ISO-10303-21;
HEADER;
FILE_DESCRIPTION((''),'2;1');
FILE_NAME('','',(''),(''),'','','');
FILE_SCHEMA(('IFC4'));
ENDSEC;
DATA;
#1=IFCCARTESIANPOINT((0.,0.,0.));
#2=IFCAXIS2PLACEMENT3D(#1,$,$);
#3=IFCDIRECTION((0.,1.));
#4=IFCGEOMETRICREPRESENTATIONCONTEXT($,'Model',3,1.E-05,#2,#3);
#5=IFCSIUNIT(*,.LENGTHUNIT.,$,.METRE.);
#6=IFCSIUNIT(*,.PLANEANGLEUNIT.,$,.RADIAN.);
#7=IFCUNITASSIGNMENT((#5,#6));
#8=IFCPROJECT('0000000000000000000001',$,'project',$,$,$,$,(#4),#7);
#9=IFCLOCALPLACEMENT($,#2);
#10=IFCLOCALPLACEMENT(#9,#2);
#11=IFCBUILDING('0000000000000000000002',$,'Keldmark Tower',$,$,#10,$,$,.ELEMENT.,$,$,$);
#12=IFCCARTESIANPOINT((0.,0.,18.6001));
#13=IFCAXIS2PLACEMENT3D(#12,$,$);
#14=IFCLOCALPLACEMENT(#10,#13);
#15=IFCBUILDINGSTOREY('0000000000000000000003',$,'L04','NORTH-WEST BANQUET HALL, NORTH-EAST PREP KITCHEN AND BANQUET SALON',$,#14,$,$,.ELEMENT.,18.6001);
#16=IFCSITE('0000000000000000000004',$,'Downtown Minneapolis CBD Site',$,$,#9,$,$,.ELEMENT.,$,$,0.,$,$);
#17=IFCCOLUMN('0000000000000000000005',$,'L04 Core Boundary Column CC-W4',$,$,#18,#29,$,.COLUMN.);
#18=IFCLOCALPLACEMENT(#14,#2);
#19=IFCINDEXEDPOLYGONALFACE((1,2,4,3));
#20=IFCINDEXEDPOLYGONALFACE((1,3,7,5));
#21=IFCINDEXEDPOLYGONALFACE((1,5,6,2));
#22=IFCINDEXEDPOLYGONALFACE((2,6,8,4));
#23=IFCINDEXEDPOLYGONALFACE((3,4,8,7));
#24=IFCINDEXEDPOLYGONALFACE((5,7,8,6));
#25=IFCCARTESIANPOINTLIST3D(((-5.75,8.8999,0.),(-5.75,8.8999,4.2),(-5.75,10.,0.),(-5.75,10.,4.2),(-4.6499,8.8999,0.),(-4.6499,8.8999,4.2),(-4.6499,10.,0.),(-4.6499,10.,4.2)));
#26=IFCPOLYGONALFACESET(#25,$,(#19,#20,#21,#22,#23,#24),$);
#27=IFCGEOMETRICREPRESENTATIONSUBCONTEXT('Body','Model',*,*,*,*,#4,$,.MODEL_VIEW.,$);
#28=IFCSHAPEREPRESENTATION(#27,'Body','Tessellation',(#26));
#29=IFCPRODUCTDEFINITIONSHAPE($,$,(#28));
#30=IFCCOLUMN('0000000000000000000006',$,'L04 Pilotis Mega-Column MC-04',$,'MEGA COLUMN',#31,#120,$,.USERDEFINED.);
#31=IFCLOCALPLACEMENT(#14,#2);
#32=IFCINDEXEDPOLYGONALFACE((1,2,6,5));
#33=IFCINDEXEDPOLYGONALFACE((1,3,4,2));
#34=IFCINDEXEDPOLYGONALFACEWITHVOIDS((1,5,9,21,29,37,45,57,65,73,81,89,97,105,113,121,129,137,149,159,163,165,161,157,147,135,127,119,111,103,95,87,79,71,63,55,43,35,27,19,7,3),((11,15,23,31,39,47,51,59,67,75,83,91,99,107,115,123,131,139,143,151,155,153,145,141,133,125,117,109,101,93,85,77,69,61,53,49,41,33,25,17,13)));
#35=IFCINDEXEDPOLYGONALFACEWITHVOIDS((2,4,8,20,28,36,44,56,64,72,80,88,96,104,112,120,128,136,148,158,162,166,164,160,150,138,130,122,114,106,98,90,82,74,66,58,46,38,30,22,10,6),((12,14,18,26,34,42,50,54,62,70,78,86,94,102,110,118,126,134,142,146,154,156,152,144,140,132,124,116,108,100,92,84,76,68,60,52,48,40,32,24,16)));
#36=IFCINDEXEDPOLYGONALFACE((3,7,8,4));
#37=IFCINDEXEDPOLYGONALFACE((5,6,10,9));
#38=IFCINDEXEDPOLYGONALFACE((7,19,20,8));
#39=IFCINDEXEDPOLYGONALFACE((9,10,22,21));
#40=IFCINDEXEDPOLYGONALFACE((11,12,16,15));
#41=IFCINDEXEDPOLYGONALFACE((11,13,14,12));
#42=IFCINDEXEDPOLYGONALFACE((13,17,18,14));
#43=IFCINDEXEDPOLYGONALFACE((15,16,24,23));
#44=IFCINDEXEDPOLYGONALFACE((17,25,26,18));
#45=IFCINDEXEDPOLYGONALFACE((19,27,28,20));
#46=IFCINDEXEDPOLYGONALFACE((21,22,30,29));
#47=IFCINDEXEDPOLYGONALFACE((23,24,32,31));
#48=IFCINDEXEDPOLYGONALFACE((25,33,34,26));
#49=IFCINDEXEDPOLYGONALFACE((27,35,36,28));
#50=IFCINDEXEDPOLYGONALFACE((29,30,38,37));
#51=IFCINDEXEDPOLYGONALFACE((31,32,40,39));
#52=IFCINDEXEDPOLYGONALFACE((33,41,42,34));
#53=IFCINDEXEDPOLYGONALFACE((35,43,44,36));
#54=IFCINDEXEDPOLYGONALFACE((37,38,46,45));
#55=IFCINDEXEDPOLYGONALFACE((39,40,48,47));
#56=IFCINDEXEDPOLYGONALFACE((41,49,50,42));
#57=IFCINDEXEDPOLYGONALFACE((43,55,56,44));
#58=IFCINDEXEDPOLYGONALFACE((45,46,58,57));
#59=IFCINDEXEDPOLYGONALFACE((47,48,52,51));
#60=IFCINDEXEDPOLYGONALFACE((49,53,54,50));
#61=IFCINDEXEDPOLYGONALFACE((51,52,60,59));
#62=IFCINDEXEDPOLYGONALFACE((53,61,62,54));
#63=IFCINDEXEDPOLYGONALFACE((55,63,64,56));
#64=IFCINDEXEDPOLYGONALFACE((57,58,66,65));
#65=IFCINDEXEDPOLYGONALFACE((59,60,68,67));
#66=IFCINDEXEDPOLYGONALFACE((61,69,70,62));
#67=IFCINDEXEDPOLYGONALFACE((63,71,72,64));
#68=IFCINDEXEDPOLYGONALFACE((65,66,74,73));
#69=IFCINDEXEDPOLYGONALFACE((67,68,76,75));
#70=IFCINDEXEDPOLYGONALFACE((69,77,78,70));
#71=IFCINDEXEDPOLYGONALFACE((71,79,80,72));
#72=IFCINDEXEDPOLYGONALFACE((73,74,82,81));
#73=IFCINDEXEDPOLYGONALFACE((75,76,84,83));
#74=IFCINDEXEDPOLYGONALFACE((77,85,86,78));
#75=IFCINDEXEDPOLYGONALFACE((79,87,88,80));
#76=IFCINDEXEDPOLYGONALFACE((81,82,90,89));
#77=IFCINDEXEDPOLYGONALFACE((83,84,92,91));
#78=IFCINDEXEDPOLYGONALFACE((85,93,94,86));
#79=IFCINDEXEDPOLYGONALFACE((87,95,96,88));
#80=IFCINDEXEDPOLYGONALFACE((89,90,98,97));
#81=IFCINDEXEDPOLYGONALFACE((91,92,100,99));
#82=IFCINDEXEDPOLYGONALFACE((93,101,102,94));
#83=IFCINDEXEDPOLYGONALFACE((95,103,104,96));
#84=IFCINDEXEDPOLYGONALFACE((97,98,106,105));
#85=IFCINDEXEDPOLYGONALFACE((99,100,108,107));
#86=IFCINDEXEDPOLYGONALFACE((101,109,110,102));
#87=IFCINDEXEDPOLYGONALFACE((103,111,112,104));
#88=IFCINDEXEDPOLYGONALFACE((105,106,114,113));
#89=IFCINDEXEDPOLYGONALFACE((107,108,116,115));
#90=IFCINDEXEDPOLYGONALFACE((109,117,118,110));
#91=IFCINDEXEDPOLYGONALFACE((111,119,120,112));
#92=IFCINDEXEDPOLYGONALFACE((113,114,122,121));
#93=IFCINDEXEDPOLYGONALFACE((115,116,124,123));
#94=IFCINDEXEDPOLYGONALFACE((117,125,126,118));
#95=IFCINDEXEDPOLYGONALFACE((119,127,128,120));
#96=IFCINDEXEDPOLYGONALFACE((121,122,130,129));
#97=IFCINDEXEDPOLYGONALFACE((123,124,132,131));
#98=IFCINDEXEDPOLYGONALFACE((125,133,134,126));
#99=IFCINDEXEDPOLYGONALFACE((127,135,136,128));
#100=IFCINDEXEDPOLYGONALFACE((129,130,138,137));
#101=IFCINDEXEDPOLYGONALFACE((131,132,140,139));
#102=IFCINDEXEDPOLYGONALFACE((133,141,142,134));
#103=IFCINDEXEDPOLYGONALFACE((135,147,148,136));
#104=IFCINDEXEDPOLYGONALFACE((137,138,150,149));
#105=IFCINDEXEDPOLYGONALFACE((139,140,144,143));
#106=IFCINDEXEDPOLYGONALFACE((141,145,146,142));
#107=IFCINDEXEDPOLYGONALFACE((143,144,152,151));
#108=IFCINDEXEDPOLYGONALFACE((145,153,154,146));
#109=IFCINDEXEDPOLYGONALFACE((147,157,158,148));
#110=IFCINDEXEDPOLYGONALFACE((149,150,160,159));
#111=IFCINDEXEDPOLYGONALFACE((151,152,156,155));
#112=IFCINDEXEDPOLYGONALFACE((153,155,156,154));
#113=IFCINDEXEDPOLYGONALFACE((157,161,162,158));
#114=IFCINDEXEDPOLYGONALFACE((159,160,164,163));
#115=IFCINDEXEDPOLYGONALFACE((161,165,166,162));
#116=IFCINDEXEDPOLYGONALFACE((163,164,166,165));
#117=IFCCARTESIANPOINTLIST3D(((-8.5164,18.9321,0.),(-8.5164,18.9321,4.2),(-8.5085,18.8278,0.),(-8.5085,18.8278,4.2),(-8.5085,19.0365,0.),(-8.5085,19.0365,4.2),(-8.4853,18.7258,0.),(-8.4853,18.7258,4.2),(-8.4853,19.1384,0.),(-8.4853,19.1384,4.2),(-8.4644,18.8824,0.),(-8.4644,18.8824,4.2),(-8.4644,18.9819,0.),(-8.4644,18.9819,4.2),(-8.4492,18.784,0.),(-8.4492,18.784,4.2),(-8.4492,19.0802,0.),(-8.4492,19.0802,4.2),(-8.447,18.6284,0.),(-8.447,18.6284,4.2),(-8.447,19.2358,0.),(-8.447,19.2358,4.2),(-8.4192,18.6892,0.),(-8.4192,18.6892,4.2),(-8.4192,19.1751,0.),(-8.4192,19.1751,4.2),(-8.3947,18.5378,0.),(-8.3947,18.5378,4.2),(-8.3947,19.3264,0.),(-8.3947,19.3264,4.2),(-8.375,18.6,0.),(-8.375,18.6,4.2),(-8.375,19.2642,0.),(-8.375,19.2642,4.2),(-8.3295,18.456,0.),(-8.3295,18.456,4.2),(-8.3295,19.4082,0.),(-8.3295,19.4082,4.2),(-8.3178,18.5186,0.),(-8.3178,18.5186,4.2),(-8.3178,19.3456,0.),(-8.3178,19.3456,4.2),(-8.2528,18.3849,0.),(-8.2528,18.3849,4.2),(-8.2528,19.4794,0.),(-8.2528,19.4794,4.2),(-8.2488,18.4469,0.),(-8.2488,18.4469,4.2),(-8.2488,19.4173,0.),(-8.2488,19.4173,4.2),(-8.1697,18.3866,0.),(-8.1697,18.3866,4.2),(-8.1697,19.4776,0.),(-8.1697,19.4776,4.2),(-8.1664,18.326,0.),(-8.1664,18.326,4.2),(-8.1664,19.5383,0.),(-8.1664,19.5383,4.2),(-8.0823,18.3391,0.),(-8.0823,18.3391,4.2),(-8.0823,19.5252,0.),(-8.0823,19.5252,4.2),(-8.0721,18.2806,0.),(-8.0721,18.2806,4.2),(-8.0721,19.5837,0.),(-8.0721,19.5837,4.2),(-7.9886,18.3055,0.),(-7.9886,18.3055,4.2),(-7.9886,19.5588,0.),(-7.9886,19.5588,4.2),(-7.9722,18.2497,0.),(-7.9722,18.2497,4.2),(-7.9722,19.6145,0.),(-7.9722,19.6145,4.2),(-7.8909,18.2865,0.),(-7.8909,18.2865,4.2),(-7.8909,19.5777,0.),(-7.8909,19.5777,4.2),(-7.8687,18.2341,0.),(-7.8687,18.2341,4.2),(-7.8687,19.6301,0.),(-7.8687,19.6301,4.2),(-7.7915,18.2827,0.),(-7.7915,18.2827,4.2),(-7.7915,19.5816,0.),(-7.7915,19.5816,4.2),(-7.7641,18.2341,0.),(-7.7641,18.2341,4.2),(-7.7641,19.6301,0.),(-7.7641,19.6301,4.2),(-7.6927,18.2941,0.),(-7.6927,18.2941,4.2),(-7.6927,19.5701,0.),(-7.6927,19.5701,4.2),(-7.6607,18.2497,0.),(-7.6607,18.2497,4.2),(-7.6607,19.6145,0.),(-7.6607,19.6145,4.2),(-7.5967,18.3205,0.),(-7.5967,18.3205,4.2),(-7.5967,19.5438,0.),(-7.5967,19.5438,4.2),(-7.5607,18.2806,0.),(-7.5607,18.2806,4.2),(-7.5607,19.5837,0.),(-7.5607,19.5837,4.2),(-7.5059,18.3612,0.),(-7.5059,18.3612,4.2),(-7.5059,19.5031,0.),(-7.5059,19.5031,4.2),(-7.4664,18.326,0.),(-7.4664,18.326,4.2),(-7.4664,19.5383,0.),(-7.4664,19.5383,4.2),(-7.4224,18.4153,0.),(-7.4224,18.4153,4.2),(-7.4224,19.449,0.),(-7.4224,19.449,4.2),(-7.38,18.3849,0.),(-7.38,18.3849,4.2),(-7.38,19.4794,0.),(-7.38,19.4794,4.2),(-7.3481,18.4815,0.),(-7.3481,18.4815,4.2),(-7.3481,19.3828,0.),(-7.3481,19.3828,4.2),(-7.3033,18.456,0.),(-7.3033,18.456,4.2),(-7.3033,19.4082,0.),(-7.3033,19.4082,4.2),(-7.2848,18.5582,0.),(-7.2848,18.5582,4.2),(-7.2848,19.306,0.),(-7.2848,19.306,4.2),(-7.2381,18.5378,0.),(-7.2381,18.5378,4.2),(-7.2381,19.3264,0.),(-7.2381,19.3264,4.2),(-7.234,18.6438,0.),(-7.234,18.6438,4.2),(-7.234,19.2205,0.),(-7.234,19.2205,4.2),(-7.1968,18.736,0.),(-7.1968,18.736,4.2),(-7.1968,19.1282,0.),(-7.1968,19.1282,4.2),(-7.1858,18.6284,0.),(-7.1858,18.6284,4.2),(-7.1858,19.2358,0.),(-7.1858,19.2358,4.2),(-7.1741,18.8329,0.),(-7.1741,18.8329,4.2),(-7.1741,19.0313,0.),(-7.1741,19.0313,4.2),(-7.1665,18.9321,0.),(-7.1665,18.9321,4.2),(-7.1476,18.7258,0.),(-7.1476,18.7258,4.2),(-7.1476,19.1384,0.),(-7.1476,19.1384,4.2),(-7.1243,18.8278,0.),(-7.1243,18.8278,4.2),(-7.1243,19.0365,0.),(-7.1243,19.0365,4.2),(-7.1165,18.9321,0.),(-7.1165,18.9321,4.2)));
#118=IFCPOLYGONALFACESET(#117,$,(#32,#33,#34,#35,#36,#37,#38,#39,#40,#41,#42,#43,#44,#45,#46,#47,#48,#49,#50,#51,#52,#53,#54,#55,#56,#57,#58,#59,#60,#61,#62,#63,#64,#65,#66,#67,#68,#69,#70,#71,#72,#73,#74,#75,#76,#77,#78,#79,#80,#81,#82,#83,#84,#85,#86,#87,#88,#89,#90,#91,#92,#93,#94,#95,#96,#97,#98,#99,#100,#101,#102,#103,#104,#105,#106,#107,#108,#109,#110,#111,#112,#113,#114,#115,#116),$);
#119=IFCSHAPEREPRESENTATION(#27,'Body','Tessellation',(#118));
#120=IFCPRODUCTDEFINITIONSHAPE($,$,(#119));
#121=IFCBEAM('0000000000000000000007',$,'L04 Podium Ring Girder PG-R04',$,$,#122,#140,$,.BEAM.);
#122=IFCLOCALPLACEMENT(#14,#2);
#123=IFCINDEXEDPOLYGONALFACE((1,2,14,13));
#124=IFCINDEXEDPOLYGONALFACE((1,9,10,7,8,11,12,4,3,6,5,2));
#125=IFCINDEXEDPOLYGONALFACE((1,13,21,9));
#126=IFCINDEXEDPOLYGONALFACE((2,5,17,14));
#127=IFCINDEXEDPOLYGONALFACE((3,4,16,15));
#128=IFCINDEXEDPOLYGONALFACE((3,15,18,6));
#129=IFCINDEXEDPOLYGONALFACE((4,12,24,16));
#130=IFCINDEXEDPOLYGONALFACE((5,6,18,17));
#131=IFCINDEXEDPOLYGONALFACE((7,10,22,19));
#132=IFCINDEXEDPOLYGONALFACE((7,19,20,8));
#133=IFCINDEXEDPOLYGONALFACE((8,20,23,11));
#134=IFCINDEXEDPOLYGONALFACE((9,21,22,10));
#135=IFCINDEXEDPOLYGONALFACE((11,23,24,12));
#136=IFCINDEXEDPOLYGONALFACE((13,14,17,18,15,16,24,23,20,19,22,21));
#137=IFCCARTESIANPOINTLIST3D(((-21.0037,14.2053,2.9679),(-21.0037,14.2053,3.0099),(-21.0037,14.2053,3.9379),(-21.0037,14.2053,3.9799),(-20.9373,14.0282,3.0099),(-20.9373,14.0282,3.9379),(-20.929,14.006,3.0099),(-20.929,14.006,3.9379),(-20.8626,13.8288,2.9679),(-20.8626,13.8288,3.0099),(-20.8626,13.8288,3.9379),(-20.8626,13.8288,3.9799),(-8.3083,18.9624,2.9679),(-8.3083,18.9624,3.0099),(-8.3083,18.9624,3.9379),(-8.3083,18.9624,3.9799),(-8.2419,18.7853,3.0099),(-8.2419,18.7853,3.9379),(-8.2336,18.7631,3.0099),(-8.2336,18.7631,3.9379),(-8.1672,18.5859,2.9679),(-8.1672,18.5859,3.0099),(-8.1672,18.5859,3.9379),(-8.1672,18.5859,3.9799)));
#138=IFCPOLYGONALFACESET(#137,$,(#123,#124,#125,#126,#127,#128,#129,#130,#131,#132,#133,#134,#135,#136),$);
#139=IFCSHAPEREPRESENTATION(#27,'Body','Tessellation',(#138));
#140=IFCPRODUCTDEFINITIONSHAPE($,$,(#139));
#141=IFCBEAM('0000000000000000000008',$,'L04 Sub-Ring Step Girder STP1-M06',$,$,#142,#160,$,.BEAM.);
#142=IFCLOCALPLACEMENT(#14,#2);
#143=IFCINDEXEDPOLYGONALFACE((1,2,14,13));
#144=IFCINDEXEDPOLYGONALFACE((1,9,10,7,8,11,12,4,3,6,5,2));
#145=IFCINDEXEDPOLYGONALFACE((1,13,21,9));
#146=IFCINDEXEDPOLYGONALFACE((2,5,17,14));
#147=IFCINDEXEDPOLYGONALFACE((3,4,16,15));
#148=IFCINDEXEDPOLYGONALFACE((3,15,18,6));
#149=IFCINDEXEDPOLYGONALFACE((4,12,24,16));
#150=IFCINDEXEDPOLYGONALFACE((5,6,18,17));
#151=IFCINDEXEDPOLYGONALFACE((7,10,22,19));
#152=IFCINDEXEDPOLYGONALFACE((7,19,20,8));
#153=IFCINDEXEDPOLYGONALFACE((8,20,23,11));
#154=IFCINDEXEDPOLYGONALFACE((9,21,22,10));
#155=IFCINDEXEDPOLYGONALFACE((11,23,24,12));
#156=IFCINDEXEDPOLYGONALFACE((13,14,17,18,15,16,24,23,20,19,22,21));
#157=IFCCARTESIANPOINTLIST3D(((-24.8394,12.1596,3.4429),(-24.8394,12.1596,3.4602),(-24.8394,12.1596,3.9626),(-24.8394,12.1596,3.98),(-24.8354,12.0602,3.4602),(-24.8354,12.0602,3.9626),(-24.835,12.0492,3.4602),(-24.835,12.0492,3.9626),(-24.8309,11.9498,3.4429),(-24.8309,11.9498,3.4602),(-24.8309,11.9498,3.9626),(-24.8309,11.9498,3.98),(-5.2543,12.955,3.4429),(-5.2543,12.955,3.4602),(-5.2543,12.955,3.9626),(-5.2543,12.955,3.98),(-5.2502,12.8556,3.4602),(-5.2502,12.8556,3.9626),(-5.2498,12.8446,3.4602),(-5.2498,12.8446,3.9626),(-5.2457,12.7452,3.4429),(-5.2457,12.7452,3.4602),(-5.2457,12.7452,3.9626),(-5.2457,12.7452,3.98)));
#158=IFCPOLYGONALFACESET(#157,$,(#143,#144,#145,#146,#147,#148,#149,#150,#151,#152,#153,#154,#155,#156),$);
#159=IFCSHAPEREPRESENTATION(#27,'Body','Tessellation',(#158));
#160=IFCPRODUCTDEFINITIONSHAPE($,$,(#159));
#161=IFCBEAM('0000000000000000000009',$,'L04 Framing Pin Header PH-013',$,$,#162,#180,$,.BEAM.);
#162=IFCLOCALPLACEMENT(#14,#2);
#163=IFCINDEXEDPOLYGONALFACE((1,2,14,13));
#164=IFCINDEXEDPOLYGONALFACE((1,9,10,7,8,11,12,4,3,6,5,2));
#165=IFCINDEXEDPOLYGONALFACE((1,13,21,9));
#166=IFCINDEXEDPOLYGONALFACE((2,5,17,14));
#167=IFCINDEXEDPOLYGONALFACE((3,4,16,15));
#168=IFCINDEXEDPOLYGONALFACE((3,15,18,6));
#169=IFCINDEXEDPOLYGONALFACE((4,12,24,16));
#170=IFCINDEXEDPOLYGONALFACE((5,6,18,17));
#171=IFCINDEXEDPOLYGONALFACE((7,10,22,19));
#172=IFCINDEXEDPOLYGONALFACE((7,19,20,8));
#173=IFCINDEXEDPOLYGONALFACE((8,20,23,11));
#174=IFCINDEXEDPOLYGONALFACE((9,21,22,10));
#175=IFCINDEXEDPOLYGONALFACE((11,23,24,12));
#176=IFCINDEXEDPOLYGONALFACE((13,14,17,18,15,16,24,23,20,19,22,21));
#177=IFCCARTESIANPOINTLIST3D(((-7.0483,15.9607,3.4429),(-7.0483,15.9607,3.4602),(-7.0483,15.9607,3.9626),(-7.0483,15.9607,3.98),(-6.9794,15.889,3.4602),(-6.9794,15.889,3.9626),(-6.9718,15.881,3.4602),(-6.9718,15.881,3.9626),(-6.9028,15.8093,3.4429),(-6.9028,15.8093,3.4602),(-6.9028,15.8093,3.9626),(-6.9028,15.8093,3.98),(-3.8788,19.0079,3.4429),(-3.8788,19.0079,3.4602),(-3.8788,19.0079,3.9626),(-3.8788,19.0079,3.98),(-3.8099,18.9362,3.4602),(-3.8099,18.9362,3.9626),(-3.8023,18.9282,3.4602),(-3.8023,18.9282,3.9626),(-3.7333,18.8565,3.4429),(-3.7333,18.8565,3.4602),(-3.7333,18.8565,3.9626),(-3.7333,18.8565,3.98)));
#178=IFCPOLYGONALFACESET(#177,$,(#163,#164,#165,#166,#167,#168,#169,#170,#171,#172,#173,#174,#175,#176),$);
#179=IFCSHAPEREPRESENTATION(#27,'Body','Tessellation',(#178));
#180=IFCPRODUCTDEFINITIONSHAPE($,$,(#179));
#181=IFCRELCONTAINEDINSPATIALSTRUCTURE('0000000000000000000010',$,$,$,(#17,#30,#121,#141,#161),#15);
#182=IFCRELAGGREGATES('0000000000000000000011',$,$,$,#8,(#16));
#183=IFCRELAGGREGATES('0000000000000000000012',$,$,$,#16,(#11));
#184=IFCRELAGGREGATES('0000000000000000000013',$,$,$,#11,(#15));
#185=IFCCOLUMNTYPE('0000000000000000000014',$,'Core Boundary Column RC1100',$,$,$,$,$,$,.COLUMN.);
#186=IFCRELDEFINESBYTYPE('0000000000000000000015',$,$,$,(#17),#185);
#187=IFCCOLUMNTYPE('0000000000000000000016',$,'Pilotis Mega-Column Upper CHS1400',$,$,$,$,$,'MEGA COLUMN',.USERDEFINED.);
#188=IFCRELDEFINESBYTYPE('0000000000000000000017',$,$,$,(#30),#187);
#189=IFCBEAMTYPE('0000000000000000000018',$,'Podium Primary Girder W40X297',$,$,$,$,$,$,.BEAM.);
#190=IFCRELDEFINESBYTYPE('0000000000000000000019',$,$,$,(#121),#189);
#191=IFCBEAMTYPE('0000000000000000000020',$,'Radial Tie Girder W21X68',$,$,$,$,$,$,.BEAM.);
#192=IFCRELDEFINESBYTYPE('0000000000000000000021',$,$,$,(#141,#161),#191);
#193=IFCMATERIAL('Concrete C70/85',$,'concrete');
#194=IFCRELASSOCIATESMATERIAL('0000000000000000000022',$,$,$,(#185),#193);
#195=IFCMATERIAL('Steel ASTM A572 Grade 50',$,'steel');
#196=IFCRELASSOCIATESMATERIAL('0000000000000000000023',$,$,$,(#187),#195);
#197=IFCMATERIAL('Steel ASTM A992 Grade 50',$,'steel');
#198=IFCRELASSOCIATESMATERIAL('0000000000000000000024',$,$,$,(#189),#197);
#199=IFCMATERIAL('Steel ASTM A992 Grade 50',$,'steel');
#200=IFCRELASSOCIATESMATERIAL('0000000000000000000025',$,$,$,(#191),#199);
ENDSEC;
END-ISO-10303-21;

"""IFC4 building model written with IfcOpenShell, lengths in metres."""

from ifc_helpers import new_model, si_unit, direction, frame, origin, origin_2d, place, context, subcontext, project, spatial, rectangle, hollow_circle, i_section, extrude, material, material_profile, profile_set, type_object, element, save


model = new_model("IFC4")

# Units and contexts
model_context = context("Model", 3, precision=1e-05, world=origin(), true_north=direction((0.0, 1.0)))
body_context = subcontext(model_context, "Body", "Model", "MODEL_VIEW")
ifc_project = project(units=[si_unit("LENGTHUNIT", "METRE"), si_unit("PLANEANGLEUNIT", "RADIAN")], contexts=[model_context])

# Site, building, storey
site_placement = place(None, origin())
site = spatial("IfcSite", under=ifc_project, at=site_placement, Name="Downtown Minneapolis CBD Site", CompositionType="ELEMENT", RefElevation=0.0)
building_placement = place(site_placement, origin())
building = spatial("IfcBuilding", under=site, at=building_placement, Name="Keldmark Tower", CompositionType="ELEMENT")
storey_placement = place(building_placement, frame((0.0, 0.0, 18.6001)))
storey = spatial("IfcBuildingStorey", under=building, at=storey_placement, Name="L04", Description="NORTH-WEST BANQUET HALL, NORTH-EAST PREP KITCHEN AND BANQUET SALON", CompositionType="ELEMENT", Elevation=18.6001)

# Columns
ifc_material_1 = material(Name="Concrete C70/85", Category="concrete")
ifc_material_profile_1 = material_profile(ifc_material_1, rectangle(XDim=1.1001, YDim=1.1001, at=origin_2d()), Name="RC1100X1100")
ifc_profile_set_1 = profile_set([ifc_material_profile_1], Name="Concrete C70/85")
column_type_1 = type_object("IfcColumnType", Name="Core Boundary Column RC1100", PredefinedType="COLUMN", material=ifc_profile_set_1)
column_1_placement = place(storey_placement, frame((-5.2, 9.45, 0.0), z_axis=(0.0, 0.0, 1.0), x_axis=(1.0, 0.0, 0.0)))
element("IfcColumn", 1, at=column_1_placement, inside=storey, type_object=column_type_1, Name="L04 Core Boundary Column CC-W4", PredefinedType="COLUMN", context=body_context, shape_type="SweptSolid", body=[
    extrude(rectangle(XDim=1.1001, YDim=1.1001, at=origin_2d()), origin(), (0.0, 0.0, 1.0), 4.2),
])
ifc_material_2 = material(Name="Steel ASTM A572 Grade 50", Category="steel")
ifc_material_profile_2 = material_profile(ifc_material_2, hollow_circle(Radius=0.7, WallThickness=0.05, at=origin_2d()), Name="CHS1400X50")
ifc_profile_set_2 = profile_set([ifc_material_profile_2], Name="Steel ASTM A572 Grade 50")
column_type_2 = type_object("IfcColumnType", Name="Pilotis Mega-Column Upper CHS1400", ElementType="MEGA COLUMN", PredefinedType="USERDEFINED", material=ifc_profile_set_2)
column_2_placement = place(storey_placement, frame((-7.8164, 18.9321, 0.0), z_axis=(0.0, 0.0, 1.0), x_axis=(1.0, 0.0, 0.0)))
element("IfcColumn", 2, at=column_2_placement, inside=storey, type_object=column_type_2, Name="L04 Pilotis Mega-Column MC-04", ObjectType="MEGA COLUMN", PredefinedType="USERDEFINED", context=body_context, shape_type="SweptSolid", body=[
    extrude(hollow_circle(Radius=0.7, WallThickness=0.05, at=origin_2d()), origin(), (0.0, 0.0, 1.0), 4.2),
])

# Beams
ifc_material_3 = material(Name="Steel ASTM A992 Grade 50", Category="steel")
ifc_material_profile_3 = material_profile(ifc_material_3, i_section(OverallWidth=0.4021, OverallDepth=1.012, WebThickness=0.0237, FlangeThickness=0.042, at=origin_2d()), Name="W40X297")
ifc_profile_set_3 = profile_set([ifc_material_profile_3], Name="Steel ASTM A992 Grade 50")
beam_type_1 = type_object("IfcBeamType", Name="Podium Primary Girder W40X297", PredefinedType="BEAM", material=ifc_profile_set_3)
beam_1_placement = place(storey_placement, frame((-8.2378, 18.7742, 3.4739), z_axis=(-0.936418, -0.350887, 0.0), x_axis=(0.350887, -0.936418, 0.0)))
element("IfcBeam", 3, at=beam_1_placement, inside=storey, type_object=beam_type_1, Name="L04 Podium Ring Girder PG-R04", PredefinedType="BEAM", context=body_context, shape_type="SweptSolid", body=[
    extrude(i_section(OverallWidth=0.4021, OverallDepth=1.012, WebThickness=0.0237, FlangeThickness=0.042, at=origin_2d()), origin(), (0.0, 0.0, 1.0), 13.5574),
])
ifc_material_4 = material(Name="Steel ASTM A992 Grade 50", Category="steel")
ifc_material_profile_4 = material_profile(ifc_material_4, i_section(OverallWidth=0.21, OverallDepth=0.5371, WebThickness=0.011, FlangeThickness=0.0173, at=origin_2d()), Name="W21X68")
ifc_profile_set_4 = profile_set([ifc_material_profile_4], Name="Steel ASTM A992 Grade 50")
beam_type_2 = type_object("IfcBeamType", Name="Radial Tie Girder W21X68", PredefinedType="BEAM", material=ifc_profile_set_4)
beam_2_placement = place(storey_placement, frame((-5.25, 12.8501, 3.7114), z_axis=(-0.999176, -0.040579, 0.0), x_axis=(0.040579, -0.999176, 0.0)))
element("IfcBeam", 4, at=beam_2_placement, inside=storey, type_object=beam_type_2, Name="L04 Sub-Ring Step Girder STP1-M06", PredefinedType="BEAM", context=body_context, shape_type="SweptSolid", body=[
    extrude(i_section(OverallWidth=0.21, OverallDepth=0.5371, WebThickness=0.011, FlangeThickness=0.0173, at=origin_2d()), origin(), (0.0, 0.0, 1.0), 19.6013),
])
beam_3_placement = place(storey_placement, frame((-6.9756, 15.885, 3.7114), z_axis=(0.72088, 0.69306, 0.0), x_axis=(-0.69306, 0.72088, 0.0)))
element("IfcBeam", 5, at=beam_3_placement, inside=storey, type_object=beam_type_2, Name="L04 Framing Pin Header PH-013", PredefinedType="BEAM", context=body_context, shape_type="SweptSolid", body=[
    extrude(i_section(OverallWidth=0.21, OverallDepth=0.5371, WebThickness=0.011, FlangeThickness=0.0173, at=origin_2d()), origin(), (0.0, 0.0, 1.0), 4.3967),
])

save(model, "model.ifc")
